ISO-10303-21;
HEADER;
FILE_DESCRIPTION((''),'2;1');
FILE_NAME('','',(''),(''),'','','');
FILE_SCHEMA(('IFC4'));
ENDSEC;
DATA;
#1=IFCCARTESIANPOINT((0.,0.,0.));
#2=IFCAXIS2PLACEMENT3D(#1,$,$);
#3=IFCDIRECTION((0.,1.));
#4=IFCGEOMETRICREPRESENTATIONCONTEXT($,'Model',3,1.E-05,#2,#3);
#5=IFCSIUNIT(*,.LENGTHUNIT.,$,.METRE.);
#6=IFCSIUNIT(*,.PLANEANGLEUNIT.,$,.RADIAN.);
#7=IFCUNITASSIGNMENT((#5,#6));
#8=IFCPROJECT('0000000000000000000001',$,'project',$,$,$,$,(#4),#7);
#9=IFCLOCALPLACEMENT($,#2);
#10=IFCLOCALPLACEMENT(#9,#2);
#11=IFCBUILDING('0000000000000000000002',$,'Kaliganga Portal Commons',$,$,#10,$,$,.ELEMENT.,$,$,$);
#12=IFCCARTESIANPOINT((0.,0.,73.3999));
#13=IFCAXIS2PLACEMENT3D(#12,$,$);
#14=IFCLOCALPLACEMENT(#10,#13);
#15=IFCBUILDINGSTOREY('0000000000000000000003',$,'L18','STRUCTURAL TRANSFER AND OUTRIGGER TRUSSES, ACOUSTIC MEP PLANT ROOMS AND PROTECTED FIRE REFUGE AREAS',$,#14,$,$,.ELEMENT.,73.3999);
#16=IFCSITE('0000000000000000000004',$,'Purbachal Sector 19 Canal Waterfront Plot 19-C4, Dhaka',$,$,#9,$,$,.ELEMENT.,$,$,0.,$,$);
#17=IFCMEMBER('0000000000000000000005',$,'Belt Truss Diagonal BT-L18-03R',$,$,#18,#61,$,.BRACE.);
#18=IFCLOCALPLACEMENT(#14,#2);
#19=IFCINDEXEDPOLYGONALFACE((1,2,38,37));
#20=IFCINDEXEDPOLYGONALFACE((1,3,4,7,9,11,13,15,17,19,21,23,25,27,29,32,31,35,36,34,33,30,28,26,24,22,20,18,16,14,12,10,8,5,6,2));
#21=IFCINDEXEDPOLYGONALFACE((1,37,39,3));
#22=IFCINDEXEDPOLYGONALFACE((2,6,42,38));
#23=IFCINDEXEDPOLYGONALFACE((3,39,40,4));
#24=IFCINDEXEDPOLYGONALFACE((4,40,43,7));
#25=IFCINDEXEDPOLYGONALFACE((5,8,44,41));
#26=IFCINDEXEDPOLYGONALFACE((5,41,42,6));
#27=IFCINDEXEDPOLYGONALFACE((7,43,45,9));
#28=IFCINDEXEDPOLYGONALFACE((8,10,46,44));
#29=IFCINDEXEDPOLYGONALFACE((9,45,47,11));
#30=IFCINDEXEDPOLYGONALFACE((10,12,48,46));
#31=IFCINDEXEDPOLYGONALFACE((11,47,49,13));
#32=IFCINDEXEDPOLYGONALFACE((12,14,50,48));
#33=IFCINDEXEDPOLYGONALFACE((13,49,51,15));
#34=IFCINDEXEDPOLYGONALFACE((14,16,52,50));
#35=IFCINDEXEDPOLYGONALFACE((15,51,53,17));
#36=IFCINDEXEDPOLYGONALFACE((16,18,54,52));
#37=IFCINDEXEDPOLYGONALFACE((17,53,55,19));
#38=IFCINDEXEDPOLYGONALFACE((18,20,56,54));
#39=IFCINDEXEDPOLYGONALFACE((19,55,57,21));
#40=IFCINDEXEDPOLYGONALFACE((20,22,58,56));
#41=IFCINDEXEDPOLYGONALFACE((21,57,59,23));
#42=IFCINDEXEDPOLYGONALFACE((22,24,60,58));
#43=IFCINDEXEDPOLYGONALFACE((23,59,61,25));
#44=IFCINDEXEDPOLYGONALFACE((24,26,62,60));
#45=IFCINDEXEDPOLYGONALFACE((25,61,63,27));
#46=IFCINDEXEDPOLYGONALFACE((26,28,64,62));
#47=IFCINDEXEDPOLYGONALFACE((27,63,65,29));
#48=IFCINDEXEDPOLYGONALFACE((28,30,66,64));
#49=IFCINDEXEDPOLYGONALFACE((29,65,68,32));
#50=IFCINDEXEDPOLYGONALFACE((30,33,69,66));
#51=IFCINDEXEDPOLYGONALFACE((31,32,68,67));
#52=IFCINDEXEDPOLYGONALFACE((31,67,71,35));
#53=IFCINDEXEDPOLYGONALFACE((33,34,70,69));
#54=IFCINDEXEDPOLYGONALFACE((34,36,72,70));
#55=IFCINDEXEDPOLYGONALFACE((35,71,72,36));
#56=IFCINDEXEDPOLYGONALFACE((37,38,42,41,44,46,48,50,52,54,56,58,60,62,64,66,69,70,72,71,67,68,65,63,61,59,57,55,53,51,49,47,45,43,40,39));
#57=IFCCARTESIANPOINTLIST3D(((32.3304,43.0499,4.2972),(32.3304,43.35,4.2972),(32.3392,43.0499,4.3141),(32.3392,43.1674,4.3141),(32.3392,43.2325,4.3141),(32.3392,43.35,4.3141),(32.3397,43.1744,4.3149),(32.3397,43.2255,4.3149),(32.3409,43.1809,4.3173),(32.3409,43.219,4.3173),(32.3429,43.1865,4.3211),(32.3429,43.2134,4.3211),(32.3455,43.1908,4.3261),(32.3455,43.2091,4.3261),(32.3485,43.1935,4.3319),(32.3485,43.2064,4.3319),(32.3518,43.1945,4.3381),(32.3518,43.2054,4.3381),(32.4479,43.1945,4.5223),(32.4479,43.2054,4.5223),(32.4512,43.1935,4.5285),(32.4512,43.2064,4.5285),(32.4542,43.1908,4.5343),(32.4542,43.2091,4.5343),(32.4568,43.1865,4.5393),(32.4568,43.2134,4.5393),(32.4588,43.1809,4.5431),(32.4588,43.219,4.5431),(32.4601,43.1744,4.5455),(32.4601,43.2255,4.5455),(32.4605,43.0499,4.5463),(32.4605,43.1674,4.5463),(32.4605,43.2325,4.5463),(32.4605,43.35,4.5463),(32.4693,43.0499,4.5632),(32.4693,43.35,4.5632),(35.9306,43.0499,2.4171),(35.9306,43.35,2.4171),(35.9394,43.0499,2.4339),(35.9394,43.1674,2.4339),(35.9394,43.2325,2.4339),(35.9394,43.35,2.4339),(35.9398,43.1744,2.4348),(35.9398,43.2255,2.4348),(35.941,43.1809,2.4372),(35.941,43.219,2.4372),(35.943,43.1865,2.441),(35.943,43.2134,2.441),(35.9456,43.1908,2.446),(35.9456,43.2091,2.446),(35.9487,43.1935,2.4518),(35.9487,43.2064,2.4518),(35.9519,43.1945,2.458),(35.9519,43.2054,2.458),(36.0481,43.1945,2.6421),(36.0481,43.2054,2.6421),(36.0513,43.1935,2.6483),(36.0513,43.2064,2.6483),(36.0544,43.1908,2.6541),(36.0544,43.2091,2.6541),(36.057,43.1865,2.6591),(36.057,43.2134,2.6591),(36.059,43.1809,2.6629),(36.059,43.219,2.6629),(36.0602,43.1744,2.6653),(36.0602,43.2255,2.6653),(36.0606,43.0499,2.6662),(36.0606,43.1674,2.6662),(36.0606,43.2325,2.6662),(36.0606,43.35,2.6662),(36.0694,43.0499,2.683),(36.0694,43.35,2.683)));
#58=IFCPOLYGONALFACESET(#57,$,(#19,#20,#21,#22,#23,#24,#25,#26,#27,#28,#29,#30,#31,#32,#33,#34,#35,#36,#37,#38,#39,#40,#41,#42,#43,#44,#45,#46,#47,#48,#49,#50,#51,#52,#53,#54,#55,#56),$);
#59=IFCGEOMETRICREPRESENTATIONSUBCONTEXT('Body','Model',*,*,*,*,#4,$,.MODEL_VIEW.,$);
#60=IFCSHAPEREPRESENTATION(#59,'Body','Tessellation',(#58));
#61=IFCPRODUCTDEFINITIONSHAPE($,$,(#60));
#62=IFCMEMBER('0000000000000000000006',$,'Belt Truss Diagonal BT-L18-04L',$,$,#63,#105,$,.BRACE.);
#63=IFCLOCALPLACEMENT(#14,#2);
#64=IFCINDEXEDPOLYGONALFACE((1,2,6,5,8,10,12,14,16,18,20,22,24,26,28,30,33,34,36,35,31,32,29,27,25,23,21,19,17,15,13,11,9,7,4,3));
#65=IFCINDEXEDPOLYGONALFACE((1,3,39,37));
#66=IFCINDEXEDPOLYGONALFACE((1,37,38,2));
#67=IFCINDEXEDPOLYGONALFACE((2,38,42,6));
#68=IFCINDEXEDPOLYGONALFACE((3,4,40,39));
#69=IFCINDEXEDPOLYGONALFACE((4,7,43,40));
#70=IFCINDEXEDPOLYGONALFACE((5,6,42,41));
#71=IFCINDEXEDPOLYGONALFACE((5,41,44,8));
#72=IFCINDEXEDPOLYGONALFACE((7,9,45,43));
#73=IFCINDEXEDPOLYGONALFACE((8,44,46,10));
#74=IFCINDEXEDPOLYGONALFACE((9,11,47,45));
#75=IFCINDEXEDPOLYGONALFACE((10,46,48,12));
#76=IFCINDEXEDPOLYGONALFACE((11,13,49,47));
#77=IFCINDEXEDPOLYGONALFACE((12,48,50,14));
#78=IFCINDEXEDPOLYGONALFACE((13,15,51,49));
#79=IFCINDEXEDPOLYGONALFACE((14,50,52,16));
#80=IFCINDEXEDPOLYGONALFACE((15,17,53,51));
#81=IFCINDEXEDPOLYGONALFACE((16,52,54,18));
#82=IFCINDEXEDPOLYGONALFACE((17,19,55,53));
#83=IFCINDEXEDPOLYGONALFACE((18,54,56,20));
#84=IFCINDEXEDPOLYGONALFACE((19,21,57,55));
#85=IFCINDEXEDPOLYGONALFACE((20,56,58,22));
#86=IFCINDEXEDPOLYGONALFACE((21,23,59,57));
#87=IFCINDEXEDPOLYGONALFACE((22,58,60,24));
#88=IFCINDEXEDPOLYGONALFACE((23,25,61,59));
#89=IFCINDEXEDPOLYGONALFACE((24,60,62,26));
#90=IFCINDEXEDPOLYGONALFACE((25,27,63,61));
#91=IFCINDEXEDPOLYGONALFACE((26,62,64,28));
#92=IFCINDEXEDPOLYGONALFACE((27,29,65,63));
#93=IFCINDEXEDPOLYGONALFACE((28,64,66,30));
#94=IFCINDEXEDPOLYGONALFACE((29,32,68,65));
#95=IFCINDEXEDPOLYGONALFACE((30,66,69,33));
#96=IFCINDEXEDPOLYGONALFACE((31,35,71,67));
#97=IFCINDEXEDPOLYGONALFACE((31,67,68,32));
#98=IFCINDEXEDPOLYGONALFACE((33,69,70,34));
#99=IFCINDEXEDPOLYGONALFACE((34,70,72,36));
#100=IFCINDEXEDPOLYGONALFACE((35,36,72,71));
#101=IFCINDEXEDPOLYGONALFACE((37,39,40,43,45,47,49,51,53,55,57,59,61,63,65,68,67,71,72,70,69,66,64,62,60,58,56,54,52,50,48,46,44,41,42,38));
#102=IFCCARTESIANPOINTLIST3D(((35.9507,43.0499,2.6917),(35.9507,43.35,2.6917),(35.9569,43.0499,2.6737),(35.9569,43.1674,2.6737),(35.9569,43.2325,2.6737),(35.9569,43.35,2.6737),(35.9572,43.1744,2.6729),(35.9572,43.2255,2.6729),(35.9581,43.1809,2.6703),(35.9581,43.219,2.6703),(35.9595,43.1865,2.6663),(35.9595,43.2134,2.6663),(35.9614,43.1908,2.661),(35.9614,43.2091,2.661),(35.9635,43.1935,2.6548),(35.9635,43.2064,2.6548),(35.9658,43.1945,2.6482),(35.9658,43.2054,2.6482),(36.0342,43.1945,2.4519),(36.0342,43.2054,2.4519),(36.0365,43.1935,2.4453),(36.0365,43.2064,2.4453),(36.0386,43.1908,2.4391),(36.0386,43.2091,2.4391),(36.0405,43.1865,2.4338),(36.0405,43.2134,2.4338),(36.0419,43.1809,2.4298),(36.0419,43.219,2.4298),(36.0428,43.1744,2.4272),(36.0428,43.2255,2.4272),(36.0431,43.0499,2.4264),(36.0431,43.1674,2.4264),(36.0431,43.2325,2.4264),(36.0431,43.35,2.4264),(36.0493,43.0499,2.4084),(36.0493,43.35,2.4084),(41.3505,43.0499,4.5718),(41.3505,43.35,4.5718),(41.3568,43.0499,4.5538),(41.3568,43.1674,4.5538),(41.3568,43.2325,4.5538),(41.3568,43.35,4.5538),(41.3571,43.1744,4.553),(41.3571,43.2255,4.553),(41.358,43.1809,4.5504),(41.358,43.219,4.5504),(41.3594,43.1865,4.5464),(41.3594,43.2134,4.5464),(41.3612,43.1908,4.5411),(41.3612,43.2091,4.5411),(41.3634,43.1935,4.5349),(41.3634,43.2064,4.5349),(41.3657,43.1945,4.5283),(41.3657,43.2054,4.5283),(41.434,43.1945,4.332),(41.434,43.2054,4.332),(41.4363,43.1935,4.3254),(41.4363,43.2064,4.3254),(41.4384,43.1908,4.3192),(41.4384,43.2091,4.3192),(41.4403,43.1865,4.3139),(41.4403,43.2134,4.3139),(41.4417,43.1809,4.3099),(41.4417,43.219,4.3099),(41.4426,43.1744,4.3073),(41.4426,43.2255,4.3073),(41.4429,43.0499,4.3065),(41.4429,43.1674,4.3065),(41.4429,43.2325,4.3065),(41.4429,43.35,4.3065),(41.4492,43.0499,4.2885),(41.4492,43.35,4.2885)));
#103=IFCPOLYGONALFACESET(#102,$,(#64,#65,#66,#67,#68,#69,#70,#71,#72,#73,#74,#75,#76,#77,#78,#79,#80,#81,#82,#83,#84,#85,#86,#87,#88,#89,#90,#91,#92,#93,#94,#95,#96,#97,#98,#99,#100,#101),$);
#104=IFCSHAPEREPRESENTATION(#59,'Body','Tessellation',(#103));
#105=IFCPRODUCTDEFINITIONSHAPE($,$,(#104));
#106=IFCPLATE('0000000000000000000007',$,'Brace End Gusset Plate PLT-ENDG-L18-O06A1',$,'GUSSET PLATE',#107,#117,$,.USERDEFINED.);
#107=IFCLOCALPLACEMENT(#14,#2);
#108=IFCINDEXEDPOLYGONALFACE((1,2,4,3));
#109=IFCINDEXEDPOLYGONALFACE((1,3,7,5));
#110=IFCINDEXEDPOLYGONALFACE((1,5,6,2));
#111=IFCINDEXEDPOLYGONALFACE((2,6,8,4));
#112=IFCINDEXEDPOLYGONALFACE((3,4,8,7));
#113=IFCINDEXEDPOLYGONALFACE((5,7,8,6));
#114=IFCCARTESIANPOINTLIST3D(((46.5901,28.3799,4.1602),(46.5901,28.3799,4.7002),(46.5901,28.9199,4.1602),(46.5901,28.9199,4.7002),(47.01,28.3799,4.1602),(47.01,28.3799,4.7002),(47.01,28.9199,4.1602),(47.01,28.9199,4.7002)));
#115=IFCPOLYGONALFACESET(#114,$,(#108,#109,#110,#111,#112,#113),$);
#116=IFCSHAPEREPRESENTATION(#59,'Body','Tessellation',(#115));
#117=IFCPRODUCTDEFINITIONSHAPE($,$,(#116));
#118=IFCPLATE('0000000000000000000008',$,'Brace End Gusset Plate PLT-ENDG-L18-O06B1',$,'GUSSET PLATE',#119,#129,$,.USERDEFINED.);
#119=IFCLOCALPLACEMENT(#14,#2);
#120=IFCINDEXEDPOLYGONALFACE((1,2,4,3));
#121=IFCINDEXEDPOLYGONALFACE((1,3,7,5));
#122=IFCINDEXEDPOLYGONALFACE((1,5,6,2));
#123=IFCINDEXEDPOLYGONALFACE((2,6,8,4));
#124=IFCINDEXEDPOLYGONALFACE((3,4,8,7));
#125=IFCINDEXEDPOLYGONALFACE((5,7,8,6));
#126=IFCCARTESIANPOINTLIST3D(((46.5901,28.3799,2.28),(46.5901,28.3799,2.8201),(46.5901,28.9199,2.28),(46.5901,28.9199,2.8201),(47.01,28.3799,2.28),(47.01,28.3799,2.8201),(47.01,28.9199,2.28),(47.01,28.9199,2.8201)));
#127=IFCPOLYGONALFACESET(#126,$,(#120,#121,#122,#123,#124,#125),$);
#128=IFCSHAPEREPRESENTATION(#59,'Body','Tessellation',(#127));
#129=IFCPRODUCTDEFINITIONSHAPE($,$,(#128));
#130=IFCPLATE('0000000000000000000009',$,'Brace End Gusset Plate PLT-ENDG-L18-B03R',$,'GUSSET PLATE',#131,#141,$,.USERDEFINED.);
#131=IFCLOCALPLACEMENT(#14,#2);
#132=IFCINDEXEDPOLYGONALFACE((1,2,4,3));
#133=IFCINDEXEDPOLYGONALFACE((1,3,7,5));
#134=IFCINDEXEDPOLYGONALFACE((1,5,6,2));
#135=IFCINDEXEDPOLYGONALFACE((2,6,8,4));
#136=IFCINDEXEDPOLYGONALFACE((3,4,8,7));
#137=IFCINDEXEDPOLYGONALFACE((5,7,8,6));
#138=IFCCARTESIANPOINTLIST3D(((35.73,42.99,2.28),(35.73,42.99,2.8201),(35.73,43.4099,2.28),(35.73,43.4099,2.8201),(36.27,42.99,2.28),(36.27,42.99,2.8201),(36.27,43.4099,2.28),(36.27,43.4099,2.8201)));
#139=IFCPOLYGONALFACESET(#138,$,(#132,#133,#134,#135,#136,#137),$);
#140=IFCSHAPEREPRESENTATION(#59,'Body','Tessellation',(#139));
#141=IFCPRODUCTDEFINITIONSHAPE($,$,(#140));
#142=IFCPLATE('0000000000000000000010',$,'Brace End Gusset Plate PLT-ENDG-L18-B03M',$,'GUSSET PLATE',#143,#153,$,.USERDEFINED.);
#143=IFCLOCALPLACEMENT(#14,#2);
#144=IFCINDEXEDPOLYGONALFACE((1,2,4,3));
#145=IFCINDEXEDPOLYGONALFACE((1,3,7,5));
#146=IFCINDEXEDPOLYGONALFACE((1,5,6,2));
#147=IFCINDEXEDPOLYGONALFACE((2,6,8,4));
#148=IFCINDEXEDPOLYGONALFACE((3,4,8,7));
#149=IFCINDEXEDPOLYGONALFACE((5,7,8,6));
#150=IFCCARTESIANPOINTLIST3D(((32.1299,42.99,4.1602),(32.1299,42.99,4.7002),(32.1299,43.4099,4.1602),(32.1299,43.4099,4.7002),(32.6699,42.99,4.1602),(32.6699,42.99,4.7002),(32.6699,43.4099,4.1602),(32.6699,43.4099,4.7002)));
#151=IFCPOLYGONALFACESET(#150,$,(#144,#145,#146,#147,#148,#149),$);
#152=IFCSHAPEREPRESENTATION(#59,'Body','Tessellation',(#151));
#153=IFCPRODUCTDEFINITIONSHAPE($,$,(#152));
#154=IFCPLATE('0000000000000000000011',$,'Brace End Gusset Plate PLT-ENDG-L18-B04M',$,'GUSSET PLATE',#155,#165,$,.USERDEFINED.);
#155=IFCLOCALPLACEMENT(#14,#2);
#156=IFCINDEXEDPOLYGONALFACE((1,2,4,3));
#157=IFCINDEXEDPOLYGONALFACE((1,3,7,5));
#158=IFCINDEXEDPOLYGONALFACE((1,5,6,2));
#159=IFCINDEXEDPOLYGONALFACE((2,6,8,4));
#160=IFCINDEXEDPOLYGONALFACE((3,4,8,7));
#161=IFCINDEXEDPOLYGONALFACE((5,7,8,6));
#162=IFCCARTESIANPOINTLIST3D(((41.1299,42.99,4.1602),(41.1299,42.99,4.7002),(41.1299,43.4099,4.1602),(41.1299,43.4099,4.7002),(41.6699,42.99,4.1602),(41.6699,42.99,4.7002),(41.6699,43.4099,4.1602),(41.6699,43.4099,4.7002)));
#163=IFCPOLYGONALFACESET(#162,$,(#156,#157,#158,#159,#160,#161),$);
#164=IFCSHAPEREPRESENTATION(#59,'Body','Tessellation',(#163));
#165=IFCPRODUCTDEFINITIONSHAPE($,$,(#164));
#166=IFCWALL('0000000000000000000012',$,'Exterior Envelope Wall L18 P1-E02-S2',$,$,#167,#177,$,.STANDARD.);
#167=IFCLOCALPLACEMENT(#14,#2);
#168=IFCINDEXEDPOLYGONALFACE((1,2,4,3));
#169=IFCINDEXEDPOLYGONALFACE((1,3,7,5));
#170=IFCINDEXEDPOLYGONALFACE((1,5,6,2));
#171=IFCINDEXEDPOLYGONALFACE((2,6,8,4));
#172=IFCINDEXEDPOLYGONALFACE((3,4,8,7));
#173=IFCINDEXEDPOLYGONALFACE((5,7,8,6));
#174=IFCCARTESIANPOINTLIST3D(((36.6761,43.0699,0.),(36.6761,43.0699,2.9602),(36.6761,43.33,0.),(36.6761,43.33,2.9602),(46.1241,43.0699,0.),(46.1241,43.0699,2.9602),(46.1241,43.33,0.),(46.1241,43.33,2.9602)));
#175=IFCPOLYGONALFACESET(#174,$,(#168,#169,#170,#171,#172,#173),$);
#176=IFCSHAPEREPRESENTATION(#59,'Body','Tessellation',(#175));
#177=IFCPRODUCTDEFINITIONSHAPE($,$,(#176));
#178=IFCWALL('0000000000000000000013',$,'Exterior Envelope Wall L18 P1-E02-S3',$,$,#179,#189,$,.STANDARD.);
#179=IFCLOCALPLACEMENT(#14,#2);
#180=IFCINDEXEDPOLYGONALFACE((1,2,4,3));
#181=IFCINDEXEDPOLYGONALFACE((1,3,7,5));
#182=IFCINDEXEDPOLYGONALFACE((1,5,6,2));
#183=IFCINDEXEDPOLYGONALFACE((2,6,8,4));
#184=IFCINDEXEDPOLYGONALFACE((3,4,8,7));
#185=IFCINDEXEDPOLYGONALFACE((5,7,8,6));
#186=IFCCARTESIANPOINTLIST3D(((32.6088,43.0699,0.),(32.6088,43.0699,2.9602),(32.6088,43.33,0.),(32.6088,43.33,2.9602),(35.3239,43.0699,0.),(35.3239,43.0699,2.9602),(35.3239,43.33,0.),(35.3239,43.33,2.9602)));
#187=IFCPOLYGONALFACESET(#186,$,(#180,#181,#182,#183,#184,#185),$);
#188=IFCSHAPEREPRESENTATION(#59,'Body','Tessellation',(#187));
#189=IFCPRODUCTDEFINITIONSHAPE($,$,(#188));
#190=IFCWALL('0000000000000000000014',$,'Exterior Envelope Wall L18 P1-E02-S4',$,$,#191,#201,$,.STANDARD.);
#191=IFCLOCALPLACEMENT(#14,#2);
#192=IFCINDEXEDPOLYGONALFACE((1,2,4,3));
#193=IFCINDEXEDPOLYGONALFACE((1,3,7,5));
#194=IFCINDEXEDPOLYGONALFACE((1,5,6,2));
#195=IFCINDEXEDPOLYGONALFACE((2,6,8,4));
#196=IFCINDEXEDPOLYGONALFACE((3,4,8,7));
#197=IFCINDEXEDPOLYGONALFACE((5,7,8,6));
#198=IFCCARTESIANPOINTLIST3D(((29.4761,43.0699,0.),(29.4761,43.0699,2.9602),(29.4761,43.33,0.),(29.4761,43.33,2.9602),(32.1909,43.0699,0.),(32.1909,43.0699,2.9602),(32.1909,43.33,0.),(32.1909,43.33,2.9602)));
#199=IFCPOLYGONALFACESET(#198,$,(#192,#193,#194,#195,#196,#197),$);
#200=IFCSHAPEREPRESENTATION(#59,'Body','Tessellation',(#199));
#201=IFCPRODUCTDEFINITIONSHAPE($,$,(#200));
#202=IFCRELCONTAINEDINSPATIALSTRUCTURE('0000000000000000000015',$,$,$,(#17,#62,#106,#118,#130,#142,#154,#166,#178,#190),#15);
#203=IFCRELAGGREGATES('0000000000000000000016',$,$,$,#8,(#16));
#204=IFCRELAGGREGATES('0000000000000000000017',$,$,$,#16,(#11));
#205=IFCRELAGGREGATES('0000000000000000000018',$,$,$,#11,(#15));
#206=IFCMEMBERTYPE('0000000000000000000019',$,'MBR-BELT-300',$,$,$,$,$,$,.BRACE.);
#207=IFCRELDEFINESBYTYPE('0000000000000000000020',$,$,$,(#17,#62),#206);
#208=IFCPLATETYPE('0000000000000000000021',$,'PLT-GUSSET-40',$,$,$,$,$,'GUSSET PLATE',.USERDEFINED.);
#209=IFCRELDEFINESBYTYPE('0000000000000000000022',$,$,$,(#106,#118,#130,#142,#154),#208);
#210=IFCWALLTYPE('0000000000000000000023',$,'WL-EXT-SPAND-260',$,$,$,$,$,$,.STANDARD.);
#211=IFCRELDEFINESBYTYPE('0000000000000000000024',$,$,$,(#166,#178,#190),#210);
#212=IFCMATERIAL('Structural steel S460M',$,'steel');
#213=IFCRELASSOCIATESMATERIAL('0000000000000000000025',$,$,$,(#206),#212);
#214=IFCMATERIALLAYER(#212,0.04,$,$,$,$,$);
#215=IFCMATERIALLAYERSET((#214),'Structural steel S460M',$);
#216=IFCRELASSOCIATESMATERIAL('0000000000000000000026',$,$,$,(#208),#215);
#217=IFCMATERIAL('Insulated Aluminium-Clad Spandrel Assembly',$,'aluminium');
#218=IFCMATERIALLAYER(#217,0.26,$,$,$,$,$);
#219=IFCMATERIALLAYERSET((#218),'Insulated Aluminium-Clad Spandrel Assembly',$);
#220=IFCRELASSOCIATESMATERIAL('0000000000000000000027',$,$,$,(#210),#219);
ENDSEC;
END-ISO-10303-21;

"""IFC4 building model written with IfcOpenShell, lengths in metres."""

from ifc_helpers import new_model, si_unit, direction, frame, frame_2d, origin, origin_2d, place, context, subcontext, project, spatial, rectangle, i_section, extrude, source, transform, mapped, material, layer, layer_set, material_profile, profile_set, type_object, element, save


model = new_model("IFC4")

# Units and contexts
model_context = context("Model", 3, precision=1e-05, world=origin(), true_north=direction((0.0, 1.0)))
body_context = subcontext(model_context, "Body", "Model", "MODEL_VIEW")
ifc_project = project(units=[si_unit("LENGTHUNIT", "METRE"), si_unit("PLANEANGLEUNIT", "RADIAN")], contexts=[model_context])

# Site, building, storey
site_placement = place(None, origin())
site = spatial("IfcSite", under=ifc_project, at=site_placement, Name="Purbachal Sector 19 Canal Waterfront Plot 19-C4, Dhaka", CompositionType="ELEMENT", RefElevation=0.0)
building_placement = place(site_placement, origin())
building = spatial("IfcBuilding", under=site, at=building_placement, Name="Kaliganga Portal Commons", CompositionType="ELEMENT")
storey_placement = place(building_placement, frame((0.0, 0.0, 73.3999)))
storey = spatial("IfcBuildingStorey", under=building, at=storey_placement, Name="L18", Description="STRUCTURAL TRANSFER AND OUTRIGGER TRUSSES, ACOUSTIC MEP PLANT ROOMS AND PROTECTED FIRE REFUGE AREAS", CompositionType="ELEMENT", Elevation=73.3999)

# Shared definitions
ifc_material_1 = material(Name="Structural steel S460M", Category="steel")

# Members
ifc_material_profile_1 = material_profile(ifc_material_1, i_section(OverallWidth=0.3, OverallDepth=0.3, WebThickness=0.011, FlangeThickness=0.019, FilletRadius=0.0271, at=origin_2d()), Name="HE 300 B")
ifc_profile_set_1 = profile_set([ifc_material_profile_1], Name="Structural steel S460M wide-flange")
member_type_1 = type_object("IfcMemberType", Name="MBR-BELT-300", PredefinedType="BRACE", material=ifc_profile_set_1)
shared_shape_1 = source(origin(), body_context, "Body", "SweptSolid", [
    extrude(i_section(OverallWidth=0.3, OverallDepth=0.3, WebThickness=0.011, FlangeThickness=0.019, FilletRadius=0.0271, at=origin_2d()), origin(), (0.0, 0.0, 1.0), 4.0615),
])
member_1_placement = place(storey_placement, frame((36.0, 43.2, 2.55), z_axis=(-0.886401, 0.0, 0.462917), x_axis=(0.0, -1.0, 0.0)))
element("IfcMember", 1, at=member_1_placement, inside=storey, type_object=member_type_1, Name="Belt Truss Diagonal BT-L18-03R", PredefinedType="BRACE", context=body_context, shape_type="MappedRepresentation", body=[
    mapped(shared_shape_1, transform((0.0, 0.0, 0.0), x_axis=(1.0, 0.0, 0.0), y_axis=(0.0, 1.0, 0.0), z_axis=(0.0, 0.0, 1.0), scale=1.0)),
])
shared_shape_2 = source(origin(), body_context, "Body", "SweptSolid", [
    extrude(i_section(OverallWidth=0.3, OverallDepth=0.3, WebThickness=0.011, FlangeThickness=0.019, FilletRadius=0.0271, at=origin_2d()), origin(), (0.0, 0.0, 1.0), 5.7178),
])
member_2_placement = place(storey_placement, frame((36.0, 43.2, 2.55), z_axis=(0.944394, 0.0, 0.328817), x_axis=(0.0, 1.0, 0.0)))
element("IfcMember", 2, at=member_2_placement, inside=storey, type_object=member_type_1, Name="Belt Truss Diagonal BT-L18-04L", PredefinedType="BRACE", context=body_context, shape_type="MappedRepresentation", body=[
    mapped(shared_shape_2, transform((0.0, 0.0, 0.0), x_axis=(1.0, 0.0, 0.0), y_axis=(0.0, 1.0, 0.0), z_axis=(0.0, 0.0, 1.0), scale=1.0)),
])

# Plates
ifc_layer_1 = layer(ifc_material_1, 0.04)
ifc_layer_set_1 = layer_set([ifc_layer_1], Name="Structural steel S460M")
plate_type = type_object("IfcPlateType", Name="PLT-GUSSET-40", ElementType="GUSSET PLATE", PredefinedType="USERDEFINED", material=ifc_layer_set_1)
shared_shape_3 = source(origin(), body_context, "Body", "SweptSolid", [
    extrude(rectangle(XDim=0.54, YDim=0.4199, at=origin_2d()), origin(), (0.0, 0.0, 1.0), 0.54),
])
for number, where, z_axis, x_axis, name in (
    (3, (46.8, 28.6499, 4.1602), (0.0, 0.0, 1.0), (0.0, 1.0, 0.0), "Brace End Gusset Plate PLT-ENDG-L18-O06A1"),
    (4, (46.8, 28.6499, 2.28), (0.0, 0.0, 1.0), (0.0, 1.0, 0.0), "Brace End Gusset Plate PLT-ENDG-L18-O06B1"),
    (5, (36.0, 43.2, 2.28), (0.0, 0.0, 1.0), (1.0, 0.0, 0.0), "Brace End Gusset Plate PLT-ENDG-L18-B03R"),
    (6, (32.3999, 43.2, 4.1602), (0.0, 0.0, 1.0), (1.0, 0.0, 0.0), "Brace End Gusset Plate PLT-ENDG-L18-B03M"),
    (7, (41.3999, 43.2, 4.1602), (0.0, 0.0, 1.0), (1.0, 0.0, 0.0), "Brace End Gusset Plate PLT-ENDG-L18-B04M"),
):
    element("IfcPlate", number, at=place(storey_placement, frame(where, z_axis=z_axis, x_axis=x_axis)), inside=storey, type_object=plate_type, Name=name, ObjectType="GUSSET PLATE", PredefinedType="USERDEFINED", context=body_context, shape_type="MappedRepresentation", body=[
        mapped(shared_shape_3, transform((0.0, 0.0, 0.0), x_axis=(1.0, 0.0, 0.0), y_axis=(0.0, 1.0, 0.0), z_axis=(0.0, 0.0, 1.0), scale=1.0)),
    ])

# Walls
ifc_material_2 = material(Name="Insulated Aluminium-Clad Spandrel Assembly", Category="aluminium")
ifc_layer_2 = layer(ifc_material_2, 0.26)
ifc_layer_set_2 = layer_set([ifc_layer_2], Name="Insulated Aluminium-Clad Spandrel Assembly")
wall_type_1 = type_object("IfcWallType", Name="WL-EXT-SPAND-260", PredefinedType="STANDARD", material=ifc_layer_set_2)
wall_1_placement = place(storey_placement, frame((36.676, 43.2, 0.0), z_axis=(0.0, 0.0, 1.0), x_axis=(1.0, 0.0, 0.0)))
element("IfcWall", 8, at=wall_1_placement, inside=storey, type_object=wall_type_1, Name="Exterior Envelope Wall L18 P1-E02-S2", PredefinedType="STANDARD", context=body_context, shape_type="SweptSolid", body=[
    extrude(rectangle(XDim=9.448, YDim=0.26, at=frame_2d((4.7241, 0.0))), origin(), (0.0, 0.0, 1.0), 2.9602),
])
wall_2_placement = place(storey_placement, frame((32.6089, 43.2, 0.0), z_axis=(0.0, 0.0, 1.0), x_axis=(1.0, 0.0, 0.0)))
element("IfcWall", 9, at=wall_2_placement, inside=storey, type_object=wall_type_1, Name="Exterior Envelope Wall L18 P1-E02-S3", PredefinedType="STANDARD", context=body_context, shape_type="SweptSolid", body=[
    extrude(rectangle(XDim=2.7151, YDim=0.26, at=frame_2d((1.3574, 0.0))), origin(), (0.0, 0.0, 1.0), 2.9602),
])
wall_3_placement = place(storey_placement, frame((29.4761, 43.2, 0.0), z_axis=(0.0, 0.0, 1.0), x_axis=(1.0, 0.0, 0.0)))
element("IfcWall", 10, at=wall_3_placement, inside=storey, type_object=wall_type_1, Name="Exterior Envelope Wall L18 P1-E02-S4", PredefinedType="STANDARD", context=body_context, shape_type="SweptSolid", body=[
    extrude(rectangle(XDim=2.7148, YDim=0.26, at=frame_2d((1.3574, 0.0))), origin(), (0.0, 0.0, 1.0), 2.9602),
])

save(model, "model.ifc")
